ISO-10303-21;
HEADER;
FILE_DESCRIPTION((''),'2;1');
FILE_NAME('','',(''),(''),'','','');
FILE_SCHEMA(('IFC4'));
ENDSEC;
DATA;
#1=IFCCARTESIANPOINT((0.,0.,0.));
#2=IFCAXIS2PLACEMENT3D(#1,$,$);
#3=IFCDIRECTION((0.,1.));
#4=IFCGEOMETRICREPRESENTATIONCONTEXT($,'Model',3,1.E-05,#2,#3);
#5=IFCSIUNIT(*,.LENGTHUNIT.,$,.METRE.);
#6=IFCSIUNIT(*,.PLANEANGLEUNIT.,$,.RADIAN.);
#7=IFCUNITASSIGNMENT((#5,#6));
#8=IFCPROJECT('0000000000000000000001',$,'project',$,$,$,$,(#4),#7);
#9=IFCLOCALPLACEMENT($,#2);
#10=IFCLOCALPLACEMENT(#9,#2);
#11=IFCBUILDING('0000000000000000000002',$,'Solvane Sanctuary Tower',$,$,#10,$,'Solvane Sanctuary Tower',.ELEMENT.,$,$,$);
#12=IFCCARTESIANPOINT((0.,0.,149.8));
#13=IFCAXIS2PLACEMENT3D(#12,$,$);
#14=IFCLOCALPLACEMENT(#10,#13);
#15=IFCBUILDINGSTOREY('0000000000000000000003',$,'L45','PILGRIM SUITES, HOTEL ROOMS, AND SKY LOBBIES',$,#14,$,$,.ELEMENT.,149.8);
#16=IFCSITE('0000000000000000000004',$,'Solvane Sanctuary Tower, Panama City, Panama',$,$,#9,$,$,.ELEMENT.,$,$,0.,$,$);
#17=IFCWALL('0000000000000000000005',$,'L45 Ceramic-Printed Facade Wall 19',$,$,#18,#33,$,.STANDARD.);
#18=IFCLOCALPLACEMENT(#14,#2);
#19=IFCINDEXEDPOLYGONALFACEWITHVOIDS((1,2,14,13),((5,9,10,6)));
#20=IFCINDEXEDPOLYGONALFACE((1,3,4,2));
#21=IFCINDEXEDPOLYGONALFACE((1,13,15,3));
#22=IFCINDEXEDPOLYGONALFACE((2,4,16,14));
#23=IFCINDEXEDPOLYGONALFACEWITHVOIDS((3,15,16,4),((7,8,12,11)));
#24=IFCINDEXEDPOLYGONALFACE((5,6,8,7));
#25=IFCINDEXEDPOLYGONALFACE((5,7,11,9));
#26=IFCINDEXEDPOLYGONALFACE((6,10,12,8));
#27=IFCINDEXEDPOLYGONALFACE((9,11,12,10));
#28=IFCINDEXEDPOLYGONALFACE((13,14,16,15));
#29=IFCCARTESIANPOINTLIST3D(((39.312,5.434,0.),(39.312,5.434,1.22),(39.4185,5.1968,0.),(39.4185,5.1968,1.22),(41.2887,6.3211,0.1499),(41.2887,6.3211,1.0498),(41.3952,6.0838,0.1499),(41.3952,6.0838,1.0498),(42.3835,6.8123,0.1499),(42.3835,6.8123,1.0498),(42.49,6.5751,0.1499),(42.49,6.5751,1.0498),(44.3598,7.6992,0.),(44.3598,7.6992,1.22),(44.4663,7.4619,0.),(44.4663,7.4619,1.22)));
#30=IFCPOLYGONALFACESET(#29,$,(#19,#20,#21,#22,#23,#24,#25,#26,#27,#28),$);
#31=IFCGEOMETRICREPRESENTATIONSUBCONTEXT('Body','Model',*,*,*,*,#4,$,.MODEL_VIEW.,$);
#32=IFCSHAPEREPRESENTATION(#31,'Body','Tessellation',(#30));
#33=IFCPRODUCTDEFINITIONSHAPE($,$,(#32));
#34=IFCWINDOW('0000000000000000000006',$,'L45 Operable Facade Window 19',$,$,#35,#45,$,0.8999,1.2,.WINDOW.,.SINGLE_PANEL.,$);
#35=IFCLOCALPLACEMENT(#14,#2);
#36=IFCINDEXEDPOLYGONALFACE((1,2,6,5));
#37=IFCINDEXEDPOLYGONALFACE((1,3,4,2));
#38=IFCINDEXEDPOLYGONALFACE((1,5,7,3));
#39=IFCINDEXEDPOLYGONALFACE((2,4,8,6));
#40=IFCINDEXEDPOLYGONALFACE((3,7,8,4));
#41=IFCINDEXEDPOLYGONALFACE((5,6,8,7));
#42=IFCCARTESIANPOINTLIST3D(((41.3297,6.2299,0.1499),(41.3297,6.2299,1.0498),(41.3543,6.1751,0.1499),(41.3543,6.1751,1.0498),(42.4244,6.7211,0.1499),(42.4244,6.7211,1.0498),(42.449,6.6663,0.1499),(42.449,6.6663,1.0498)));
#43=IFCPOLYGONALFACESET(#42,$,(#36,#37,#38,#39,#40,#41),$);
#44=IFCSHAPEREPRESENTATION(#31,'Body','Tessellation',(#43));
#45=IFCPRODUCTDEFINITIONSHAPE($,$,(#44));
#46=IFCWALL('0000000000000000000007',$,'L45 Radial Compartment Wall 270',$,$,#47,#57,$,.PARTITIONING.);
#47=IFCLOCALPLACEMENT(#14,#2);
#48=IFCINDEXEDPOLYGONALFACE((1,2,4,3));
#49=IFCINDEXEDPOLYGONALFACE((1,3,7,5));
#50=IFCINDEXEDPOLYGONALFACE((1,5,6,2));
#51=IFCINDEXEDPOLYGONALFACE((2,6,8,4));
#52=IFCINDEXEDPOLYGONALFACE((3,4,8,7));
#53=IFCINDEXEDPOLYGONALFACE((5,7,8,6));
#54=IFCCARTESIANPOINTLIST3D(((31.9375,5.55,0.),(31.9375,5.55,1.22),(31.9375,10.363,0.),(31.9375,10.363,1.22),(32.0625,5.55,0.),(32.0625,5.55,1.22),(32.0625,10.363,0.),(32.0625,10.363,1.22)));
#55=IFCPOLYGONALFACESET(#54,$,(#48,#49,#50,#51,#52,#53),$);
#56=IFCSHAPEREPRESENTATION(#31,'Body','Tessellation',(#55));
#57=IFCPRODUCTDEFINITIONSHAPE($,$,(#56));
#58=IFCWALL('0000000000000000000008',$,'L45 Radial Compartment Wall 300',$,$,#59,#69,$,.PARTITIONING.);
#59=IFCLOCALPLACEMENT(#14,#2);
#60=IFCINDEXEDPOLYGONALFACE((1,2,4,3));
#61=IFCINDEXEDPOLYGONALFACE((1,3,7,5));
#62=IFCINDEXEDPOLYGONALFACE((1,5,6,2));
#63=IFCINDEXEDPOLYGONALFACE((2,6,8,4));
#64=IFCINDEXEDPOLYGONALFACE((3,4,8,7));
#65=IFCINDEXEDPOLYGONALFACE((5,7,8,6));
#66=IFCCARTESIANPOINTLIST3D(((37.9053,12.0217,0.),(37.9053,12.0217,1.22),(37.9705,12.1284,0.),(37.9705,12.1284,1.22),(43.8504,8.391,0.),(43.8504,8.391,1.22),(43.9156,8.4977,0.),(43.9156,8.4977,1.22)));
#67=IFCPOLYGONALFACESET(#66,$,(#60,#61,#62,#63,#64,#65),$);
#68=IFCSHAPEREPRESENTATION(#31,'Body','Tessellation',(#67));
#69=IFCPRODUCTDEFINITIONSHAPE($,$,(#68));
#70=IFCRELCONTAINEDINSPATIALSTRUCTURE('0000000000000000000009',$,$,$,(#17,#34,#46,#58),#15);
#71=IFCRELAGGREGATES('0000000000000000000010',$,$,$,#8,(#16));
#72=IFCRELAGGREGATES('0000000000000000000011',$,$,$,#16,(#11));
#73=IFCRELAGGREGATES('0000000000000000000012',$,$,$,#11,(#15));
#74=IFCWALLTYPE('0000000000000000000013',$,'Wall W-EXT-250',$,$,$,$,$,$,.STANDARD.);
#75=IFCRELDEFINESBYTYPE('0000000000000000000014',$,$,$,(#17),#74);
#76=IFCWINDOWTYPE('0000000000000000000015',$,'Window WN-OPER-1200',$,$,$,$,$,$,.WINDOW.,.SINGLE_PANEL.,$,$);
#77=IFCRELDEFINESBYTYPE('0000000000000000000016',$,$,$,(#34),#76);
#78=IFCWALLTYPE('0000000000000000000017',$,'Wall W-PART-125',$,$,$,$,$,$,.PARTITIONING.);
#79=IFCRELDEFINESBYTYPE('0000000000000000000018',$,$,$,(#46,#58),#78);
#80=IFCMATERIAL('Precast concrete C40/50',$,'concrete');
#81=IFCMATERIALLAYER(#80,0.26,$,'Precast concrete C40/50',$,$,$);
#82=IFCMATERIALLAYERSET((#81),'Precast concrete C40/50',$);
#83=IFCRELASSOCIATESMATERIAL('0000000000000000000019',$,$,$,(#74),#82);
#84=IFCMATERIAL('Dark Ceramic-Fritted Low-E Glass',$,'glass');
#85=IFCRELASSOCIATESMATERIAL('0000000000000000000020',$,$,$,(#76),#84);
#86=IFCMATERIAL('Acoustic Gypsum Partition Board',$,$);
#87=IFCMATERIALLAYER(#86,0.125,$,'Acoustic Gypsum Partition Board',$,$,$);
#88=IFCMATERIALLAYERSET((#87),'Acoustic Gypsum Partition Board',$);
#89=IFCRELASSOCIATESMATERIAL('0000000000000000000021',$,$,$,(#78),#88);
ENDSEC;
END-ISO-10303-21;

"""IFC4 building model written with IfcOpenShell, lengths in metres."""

from ifc_helpers import new_model, si_unit, direction, frame, frame_2d, origin, place, context, subcontext, project, spatial, rectangle, extrude, material, layer, layer_set, type_object, element, fill, save


model = new_model("IFC4")

# Units and contexts
model_context = context("Model", 3, precision=1e-05, world=origin(), true_north=direction((0.0, 1.0)))
body_context = subcontext(model_context, "Body", "Model", "MODEL_VIEW")
ifc_project = project(units=[si_unit("LENGTHUNIT", "METRE"), si_unit("PLANEANGLEUNIT", "RADIAN")], contexts=[model_context])

# Site, building, storey
site_placement = place(None, origin())
site = spatial("IfcSite", under=ifc_project, at=site_placement, Name="Solvane Sanctuary Tower, Panama City, Panama", CompositionType="ELEMENT", RefElevation=0.0)
building_placement = place(site_placement, origin())
building = spatial("IfcBuilding", under=site, at=building_placement, Name="Solvane Sanctuary Tower", LongName="Solvane Sanctuary Tower", CompositionType="ELEMENT")
storey_placement = place(building_placement, frame((0.0, 0.0, 149.8)))
storey = spatial("IfcBuildingStorey", under=building, at=storey_placement, Name="L45", Description="PILGRIM SUITES, HOTEL ROOMS, AND SKY LOBBIES", CompositionType="ELEMENT", Elevation=149.8)

# Shared definitions
ifc_material_1 = material(Name="Acoustic Gypsum Partition Board")

# Wall, opening, window
ifc_material_2 = material(Name="Precast concrete C40/50", Category="concrete")
ifc_layer_1 = layer(ifc_material_2, 0.26, Name="Precast concrete C40/50")
ifc_layer_set_1 = layer_set([ifc_layer_1], Name="Precast concrete C40/50")
wall_type_1 = type_object("IfcWallType", Name="Wall W-EXT-250", PredefinedType="STANDARD", material=ifc_layer_set_1)
ifc_material_3 = material(Name="Dark Ceramic-Fritted Low-E Glass", Category="glass")
window_type = type_object("IfcWindowType", Name="Window WN-OPER-1200", PartitioningType="SINGLE_PANEL", PredefinedType="WINDOW", material=ifc_material_3)
wall_1_placement = place(storey_placement, frame((39.3652, 5.3154, 0.0), z_axis=(0.0, 0.0, 1.0), x_axis=(0.912354, 0.409403, 0.0)))
wall_1 = element("IfcWall", 1, at=wall_1_placement, inside=storey, type_object=wall_type_1, Name="L45 Ceramic-Printed Facade Wall 19", PredefinedType="STANDARD", context=body_context, shape_type="SweptSolid", body=[
    extrude(rectangle(XDim=5.5327, YDim=0.26, at=frame_2d((2.7664, 0.0))), origin(), (0.0, 0.0, 1.0), 1.22),
])
opening_1_placement = place(wall_1_placement, frame((2.1665, 0.0, 0.1499)))
opening_1 = element("IfcOpeningElement", 2, at=opening_1_placement, cuts=wall_1, PredefinedType="OPENING", context=body_context, shape_type="SweptSolid", body=[
    extrude(rectangle(XDim=1.2, YDim=0.8999, at=frame_2d((0.6001, 0.45))), frame((0.0, 0.1399, 0.0), z_axis=(0.0, -1.0, 0.0), x_axis=(1.0, 0.0, 0.0)), (0.0, 0.0, 1.0), 0.28),
])
window_1_placement = place(opening_1_placement, origin())
window_1 = element("IfcWindow", 3, at=window_1_placement, inside=storey, type_object=window_type, Name="L45 Operable Facade Window 19", OverallHeight=0.8999, OverallWidth=1.2, PartitioningType="SINGLE_PANEL", PredefinedType="WINDOW", context=body_context, shape_type="SweptSolid", body=[
    extrude(rectangle(XDim=1.2, YDim=0.8999, at=frame_2d((0.6001, 0.45))), frame((0.0, 0.03, 0.0), z_axis=(0.0, -1.0, 0.0), x_axis=(1.0, 0.0, 0.0)), (0.0, 0.0, 1.0), 0.0601),
])
fill(opening_1, window_1)

# Walls
ifc_layer_2 = layer(ifc_material_1, 0.125, Name="Acoustic Gypsum Partition Board")
ifc_layer_set_2 = layer_set([ifc_layer_2], Name="Acoustic Gypsum Partition Board")
wall_type_2 = type_object("IfcWallType", Name="Wall W-PART-125", PredefinedType="PARTITIONING", material=ifc_layer_set_2)
wall_2_placement = place(storey_placement, frame((32.0, 10.363, 0.0), z_axis=(0.0, 0.0, 1.0), x_axis=(0.0, -1.0, 0.0)))
element("IfcWall", 4, at=wall_2_placement, inside=storey, type_object=wall_type_2, Name="L45 Radial Compartment Wall 270", PredefinedType="PARTITIONING", context=body_context, shape_type="SweptSolid", body=[
    extrude(rectangle(XDim=4.813, YDim=0.125, at=frame_2d((2.4065, 0.0))), origin(), (0.0, 0.0, 1.0), 1.22),
])
wall_3_placement = place(storey_placement, frame((37.938, 12.075, 0.0), z_axis=(0.0, 0.0, 1.0), x_axis=(0.85344, -0.521191, 0.0)))
element("IfcWall", 5, at=wall_3_placement, inside=storey, type_object=wall_type_2, Name="L45 Radial Compartment Wall 300", PredefinedType="PARTITIONING", context=body_context, shape_type="SweptSolid", body=[
    extrude(rectangle(XDim=6.9661, YDim=0.125, at=frame_2d((3.4829, 0.0))), origin(), (0.0, 0.0, 1.0), 1.22),
])

save(model, "model.ifc")
